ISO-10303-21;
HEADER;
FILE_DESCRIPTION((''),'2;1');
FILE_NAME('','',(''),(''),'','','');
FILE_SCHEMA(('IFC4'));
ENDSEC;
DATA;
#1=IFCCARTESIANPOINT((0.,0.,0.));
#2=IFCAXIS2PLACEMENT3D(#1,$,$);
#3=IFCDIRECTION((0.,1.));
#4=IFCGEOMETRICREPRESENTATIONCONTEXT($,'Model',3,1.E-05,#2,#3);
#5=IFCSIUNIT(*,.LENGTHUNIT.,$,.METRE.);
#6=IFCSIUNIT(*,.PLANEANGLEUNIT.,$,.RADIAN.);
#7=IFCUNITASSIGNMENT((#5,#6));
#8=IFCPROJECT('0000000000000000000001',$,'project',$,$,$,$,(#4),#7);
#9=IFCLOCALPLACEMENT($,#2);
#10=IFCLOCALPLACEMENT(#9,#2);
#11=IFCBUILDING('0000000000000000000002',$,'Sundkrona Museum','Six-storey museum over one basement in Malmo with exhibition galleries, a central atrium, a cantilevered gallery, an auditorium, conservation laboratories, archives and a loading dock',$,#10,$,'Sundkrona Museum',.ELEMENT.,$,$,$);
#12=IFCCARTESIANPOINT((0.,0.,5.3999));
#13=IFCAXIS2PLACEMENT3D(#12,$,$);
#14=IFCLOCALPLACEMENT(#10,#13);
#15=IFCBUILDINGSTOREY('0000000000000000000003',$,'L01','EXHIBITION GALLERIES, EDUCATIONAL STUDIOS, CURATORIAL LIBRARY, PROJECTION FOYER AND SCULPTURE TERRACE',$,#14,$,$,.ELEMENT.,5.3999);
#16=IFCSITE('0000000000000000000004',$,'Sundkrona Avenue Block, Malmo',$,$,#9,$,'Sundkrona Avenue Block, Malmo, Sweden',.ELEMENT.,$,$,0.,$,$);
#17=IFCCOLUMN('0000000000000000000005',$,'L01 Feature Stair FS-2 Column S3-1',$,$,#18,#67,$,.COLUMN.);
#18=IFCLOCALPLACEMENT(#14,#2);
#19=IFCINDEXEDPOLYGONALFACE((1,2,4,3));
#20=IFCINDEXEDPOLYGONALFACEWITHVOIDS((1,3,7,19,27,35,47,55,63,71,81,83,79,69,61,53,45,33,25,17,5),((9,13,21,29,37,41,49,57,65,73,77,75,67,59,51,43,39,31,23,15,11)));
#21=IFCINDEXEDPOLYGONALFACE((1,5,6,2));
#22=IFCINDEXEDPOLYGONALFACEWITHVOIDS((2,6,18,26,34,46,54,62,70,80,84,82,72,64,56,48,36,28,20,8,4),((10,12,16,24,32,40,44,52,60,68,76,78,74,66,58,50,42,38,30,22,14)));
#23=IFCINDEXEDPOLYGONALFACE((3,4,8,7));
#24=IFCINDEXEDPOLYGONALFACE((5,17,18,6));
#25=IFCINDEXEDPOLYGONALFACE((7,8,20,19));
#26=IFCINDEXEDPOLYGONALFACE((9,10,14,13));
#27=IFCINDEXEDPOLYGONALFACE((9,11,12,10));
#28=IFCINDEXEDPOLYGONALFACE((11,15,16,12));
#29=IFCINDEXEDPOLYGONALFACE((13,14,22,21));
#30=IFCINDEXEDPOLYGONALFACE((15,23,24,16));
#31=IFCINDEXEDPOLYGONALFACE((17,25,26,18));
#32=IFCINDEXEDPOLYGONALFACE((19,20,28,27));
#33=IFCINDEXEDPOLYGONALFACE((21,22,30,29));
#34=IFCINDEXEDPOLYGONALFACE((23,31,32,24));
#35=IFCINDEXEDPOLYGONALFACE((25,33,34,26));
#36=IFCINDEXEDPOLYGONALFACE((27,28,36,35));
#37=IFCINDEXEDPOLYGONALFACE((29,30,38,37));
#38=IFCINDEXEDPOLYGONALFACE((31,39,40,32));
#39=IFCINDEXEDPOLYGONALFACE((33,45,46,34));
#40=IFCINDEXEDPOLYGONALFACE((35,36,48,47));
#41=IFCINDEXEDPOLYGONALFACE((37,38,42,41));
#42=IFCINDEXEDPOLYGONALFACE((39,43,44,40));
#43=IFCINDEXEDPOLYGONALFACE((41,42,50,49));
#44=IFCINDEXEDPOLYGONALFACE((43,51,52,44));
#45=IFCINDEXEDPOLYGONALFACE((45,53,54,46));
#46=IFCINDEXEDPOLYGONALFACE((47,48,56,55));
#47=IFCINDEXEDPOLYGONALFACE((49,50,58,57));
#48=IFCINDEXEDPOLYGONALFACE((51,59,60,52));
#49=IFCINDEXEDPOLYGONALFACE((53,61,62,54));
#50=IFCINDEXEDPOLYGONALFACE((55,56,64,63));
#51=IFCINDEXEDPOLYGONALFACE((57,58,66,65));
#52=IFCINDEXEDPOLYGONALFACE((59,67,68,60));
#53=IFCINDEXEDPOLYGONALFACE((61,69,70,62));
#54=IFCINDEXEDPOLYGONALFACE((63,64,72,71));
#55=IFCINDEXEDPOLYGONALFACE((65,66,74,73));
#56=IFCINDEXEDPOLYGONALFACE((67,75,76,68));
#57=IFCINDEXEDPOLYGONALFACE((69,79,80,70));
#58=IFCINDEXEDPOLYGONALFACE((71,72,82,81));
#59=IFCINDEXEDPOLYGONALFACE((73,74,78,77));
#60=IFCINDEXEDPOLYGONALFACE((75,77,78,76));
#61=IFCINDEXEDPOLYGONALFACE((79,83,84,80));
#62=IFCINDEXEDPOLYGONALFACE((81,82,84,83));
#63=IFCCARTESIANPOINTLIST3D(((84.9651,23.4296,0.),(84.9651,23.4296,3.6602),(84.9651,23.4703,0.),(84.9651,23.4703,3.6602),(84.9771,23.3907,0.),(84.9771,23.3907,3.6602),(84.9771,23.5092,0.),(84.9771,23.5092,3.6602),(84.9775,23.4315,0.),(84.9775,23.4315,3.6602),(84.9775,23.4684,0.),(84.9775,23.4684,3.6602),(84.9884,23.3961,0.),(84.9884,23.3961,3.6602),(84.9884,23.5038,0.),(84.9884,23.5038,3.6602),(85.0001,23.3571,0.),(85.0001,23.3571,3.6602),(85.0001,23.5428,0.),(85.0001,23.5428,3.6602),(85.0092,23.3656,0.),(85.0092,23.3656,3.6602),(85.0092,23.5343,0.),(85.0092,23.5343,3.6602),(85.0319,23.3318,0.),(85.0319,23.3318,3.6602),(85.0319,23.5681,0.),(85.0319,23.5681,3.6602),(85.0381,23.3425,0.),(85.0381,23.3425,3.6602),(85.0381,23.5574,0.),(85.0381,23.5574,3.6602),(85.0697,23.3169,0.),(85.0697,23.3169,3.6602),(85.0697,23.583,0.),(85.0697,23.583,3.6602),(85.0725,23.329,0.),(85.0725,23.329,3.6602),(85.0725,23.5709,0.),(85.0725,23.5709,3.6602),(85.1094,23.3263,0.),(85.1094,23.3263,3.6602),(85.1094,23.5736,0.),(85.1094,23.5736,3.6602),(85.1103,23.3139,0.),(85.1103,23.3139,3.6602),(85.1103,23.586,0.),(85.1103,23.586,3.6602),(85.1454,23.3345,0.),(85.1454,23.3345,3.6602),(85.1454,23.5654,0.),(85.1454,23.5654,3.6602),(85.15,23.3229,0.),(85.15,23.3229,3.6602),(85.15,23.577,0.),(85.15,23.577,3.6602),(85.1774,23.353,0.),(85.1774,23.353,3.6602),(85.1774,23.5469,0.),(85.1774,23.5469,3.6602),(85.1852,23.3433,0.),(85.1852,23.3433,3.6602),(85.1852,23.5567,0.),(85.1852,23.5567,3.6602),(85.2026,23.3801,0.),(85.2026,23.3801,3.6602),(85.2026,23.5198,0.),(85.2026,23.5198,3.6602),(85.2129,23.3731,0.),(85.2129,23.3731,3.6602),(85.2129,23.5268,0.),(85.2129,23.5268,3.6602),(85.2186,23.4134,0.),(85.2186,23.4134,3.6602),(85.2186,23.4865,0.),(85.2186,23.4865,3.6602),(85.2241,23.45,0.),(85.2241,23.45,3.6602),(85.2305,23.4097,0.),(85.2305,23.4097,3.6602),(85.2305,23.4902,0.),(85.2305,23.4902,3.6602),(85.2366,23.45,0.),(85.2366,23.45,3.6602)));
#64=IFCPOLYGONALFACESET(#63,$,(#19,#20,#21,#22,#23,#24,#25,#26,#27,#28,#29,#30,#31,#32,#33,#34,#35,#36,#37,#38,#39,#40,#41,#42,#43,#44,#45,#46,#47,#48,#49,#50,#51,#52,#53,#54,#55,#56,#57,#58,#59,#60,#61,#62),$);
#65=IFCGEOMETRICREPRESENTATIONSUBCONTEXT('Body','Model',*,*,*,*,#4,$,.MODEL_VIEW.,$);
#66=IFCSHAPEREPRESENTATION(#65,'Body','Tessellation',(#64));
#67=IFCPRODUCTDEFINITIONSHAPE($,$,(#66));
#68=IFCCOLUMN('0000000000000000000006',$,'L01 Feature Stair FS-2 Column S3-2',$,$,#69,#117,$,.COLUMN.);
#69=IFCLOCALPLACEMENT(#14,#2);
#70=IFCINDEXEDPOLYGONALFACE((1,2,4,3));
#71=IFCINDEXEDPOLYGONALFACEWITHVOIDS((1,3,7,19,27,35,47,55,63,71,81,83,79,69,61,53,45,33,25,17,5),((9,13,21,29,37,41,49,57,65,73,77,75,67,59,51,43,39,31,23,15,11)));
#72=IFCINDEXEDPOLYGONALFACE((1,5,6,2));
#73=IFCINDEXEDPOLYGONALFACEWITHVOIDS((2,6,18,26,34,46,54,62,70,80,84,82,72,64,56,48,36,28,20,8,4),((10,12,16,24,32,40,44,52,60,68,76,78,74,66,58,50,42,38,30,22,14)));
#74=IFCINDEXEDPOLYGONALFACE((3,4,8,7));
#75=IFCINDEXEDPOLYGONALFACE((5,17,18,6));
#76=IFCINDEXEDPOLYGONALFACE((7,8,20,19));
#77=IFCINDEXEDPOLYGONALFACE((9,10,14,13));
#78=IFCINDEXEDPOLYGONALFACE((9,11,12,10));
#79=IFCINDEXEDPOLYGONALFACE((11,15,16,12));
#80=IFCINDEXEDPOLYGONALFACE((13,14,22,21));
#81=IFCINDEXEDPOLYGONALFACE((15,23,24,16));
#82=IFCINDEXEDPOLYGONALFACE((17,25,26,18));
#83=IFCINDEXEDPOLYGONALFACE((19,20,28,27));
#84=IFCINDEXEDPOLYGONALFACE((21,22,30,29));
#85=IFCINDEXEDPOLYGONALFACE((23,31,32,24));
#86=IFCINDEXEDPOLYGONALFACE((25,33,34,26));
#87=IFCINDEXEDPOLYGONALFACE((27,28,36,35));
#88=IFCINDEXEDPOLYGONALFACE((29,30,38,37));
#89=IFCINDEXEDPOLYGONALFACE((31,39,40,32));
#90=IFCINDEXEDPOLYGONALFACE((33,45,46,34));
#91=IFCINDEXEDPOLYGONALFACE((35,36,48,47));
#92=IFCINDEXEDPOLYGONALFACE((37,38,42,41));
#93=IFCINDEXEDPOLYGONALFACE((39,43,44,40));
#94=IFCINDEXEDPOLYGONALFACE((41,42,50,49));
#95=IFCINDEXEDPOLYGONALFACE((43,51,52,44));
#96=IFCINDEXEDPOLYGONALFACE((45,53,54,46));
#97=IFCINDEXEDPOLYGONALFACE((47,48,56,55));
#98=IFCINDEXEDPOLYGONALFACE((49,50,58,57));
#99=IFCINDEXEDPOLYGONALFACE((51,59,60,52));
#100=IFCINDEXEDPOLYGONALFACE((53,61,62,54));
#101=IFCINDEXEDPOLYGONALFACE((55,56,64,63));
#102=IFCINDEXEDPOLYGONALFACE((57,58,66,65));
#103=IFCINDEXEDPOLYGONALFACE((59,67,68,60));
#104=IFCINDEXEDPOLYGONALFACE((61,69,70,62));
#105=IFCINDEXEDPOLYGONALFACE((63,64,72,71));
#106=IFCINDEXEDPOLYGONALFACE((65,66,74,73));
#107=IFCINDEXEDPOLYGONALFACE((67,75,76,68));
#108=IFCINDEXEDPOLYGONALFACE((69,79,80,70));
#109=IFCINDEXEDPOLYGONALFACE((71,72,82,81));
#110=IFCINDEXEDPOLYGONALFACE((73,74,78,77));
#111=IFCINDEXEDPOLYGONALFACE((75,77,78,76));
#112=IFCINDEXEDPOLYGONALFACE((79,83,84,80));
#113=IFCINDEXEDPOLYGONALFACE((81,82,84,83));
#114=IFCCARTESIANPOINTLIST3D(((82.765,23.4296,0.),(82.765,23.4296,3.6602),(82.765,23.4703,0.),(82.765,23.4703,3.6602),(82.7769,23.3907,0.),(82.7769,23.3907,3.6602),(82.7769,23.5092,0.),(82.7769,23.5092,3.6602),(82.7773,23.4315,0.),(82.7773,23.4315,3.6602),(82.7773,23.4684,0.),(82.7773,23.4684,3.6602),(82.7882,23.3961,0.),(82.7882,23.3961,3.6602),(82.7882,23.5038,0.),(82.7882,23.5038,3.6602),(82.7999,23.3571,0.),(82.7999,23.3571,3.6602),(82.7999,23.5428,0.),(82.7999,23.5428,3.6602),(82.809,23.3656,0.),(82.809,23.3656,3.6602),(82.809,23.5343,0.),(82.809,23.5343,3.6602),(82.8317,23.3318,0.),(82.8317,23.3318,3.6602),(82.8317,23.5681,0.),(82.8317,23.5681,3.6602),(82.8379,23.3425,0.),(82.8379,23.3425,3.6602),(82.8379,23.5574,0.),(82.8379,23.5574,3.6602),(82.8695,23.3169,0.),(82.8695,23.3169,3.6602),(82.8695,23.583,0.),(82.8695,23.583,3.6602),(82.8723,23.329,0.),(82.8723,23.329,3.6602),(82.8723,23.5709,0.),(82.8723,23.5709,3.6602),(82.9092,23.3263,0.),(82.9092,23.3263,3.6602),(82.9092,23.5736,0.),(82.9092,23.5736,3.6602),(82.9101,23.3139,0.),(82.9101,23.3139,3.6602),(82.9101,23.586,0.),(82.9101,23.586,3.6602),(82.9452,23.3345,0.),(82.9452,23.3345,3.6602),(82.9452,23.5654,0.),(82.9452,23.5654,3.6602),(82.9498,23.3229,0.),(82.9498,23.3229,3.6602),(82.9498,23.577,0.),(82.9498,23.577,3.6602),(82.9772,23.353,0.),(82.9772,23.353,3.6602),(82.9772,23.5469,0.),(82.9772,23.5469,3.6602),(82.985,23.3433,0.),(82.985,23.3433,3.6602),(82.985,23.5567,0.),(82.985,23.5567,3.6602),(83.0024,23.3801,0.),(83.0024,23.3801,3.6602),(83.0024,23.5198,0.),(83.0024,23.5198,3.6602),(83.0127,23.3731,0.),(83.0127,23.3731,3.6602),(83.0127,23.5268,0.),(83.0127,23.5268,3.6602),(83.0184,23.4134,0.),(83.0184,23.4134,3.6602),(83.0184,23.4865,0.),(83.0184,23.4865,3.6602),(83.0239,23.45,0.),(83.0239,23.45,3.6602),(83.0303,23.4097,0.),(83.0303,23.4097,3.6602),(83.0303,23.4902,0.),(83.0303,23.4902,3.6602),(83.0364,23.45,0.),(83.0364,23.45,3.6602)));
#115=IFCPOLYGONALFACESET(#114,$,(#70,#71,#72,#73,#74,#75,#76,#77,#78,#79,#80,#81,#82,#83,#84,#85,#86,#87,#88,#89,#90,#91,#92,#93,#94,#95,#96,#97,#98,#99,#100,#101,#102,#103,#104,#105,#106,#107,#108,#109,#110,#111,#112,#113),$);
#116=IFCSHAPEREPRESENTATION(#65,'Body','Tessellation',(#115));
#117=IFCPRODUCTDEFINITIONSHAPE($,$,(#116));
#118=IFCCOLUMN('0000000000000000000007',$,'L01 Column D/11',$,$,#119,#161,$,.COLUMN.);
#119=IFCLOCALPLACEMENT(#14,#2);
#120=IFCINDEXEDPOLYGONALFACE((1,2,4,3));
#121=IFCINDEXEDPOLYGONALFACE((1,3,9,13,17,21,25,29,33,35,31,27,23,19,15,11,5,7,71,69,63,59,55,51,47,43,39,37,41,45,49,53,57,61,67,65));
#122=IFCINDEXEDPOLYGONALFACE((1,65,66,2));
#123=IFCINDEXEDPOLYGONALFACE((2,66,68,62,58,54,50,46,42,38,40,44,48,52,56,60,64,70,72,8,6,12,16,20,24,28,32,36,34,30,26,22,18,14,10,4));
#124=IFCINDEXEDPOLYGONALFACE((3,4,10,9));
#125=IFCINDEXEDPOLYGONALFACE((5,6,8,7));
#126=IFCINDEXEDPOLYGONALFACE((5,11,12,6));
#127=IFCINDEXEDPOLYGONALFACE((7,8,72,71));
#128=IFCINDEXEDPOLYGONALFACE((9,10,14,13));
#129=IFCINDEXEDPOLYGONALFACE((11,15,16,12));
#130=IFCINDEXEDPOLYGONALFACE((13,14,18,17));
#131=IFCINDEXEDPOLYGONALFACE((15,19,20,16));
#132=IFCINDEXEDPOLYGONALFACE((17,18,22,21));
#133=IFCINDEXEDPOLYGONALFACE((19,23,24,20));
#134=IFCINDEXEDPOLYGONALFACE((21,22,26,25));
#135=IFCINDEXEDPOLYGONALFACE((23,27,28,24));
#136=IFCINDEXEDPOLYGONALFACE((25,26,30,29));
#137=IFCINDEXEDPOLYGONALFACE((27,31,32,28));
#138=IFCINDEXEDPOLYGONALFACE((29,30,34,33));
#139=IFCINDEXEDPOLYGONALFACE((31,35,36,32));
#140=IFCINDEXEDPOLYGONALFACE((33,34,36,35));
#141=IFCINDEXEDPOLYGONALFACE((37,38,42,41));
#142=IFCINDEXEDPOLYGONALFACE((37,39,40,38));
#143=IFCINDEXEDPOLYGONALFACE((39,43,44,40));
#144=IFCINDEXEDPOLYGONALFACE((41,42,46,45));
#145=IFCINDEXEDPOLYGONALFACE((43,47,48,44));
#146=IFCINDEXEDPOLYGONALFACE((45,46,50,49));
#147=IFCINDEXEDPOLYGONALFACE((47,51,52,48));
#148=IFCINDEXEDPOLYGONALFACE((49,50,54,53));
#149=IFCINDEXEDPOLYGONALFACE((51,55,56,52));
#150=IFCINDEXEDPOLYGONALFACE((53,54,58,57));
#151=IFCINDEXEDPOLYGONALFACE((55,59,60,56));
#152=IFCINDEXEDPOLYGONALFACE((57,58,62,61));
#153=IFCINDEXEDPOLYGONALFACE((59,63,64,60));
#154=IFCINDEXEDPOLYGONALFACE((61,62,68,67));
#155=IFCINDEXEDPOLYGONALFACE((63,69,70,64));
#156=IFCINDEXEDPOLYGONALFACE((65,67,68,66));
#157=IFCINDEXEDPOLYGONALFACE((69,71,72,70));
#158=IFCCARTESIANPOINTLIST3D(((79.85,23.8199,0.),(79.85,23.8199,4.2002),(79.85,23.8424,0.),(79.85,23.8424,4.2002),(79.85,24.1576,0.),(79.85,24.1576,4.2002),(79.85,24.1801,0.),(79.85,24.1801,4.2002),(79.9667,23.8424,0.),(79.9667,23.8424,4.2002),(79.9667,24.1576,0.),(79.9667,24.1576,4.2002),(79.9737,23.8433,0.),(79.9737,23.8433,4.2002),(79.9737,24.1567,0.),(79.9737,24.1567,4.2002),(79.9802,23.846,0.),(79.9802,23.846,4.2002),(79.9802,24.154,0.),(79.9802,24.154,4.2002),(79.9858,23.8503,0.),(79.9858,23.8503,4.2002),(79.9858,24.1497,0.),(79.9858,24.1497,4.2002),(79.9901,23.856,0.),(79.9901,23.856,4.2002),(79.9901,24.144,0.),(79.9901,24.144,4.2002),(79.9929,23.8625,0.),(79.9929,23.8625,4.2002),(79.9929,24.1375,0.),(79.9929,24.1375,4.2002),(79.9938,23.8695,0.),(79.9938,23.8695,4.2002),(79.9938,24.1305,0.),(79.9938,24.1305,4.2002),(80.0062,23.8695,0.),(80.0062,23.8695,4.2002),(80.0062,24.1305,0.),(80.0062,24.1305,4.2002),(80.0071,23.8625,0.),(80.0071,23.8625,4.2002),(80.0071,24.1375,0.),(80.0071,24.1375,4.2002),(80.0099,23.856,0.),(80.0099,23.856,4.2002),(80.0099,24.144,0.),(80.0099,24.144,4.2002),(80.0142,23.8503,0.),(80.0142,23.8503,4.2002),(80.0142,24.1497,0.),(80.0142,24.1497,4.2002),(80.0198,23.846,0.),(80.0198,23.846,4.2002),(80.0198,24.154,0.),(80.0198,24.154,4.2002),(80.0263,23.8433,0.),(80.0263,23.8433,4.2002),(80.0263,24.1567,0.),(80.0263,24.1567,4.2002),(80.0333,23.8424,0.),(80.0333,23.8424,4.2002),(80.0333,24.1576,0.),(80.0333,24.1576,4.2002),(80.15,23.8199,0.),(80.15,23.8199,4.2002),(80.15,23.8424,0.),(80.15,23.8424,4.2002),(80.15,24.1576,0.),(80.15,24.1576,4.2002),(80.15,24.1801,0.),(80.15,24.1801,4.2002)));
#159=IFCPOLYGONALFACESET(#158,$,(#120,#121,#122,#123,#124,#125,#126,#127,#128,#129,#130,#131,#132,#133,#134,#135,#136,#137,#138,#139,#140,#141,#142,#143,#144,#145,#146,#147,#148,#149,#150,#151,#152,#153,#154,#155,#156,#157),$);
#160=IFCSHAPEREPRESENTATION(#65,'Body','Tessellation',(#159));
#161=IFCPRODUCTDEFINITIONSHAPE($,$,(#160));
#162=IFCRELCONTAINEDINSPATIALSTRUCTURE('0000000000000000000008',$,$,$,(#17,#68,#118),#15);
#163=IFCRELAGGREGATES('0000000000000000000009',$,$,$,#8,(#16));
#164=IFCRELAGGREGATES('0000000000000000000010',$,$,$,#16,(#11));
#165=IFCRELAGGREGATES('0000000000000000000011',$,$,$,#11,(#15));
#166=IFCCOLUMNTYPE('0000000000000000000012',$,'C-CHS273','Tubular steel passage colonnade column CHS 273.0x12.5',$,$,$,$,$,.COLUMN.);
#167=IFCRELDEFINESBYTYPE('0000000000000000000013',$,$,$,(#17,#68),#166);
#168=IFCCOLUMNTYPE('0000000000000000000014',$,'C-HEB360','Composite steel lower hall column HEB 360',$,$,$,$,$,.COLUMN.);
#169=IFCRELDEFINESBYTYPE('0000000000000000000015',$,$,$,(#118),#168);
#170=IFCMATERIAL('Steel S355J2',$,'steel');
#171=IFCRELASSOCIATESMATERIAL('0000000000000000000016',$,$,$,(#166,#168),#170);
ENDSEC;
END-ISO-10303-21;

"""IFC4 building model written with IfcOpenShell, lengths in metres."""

from ifc_helpers import new_model, si_unit, direction, frame, origin, origin_2d, place, context, subcontext, project, spatial, hollow_circle, i_section, extrude, material, material_profile, profile_set, type_object, element, save


model = new_model("IFC4")

# Units and contexts
model_context = context("Model", 3, precision=1e-05, world=origin(), true_north=direction((0.0, 1.0)))
body_context = subcontext(model_context, "Body", "Model", "MODEL_VIEW")
ifc_project = project(units=[si_unit("LENGTHUNIT", "METRE"), si_unit("PLANEANGLEUNIT", "RADIAN")], contexts=[model_context])

# Site, building, storey
site_placement = place(None, origin())
site = spatial("IfcSite", under=ifc_project, at=site_placement, Name="Sundkrona Avenue Block, Malmo", LongName="Sundkrona Avenue Block, Malmo, Sweden", CompositionType="ELEMENT", RefElevation=0.0)
building_placement = place(site_placement, origin())
building = spatial("IfcBuilding", under=site, at=building_placement, Name="Sundkrona Museum", Description="Six-storey museum over one basement in Malmo with exhibition galleries, a central atrium, a cantilevered gallery, an auditorium, conservation laboratories, archives and a loading dock", LongName="Sundkrona Museum", CompositionType="ELEMENT")
storey_placement = place(building_placement, frame((0.0, 0.0, 5.3999)))
storey = spatial("IfcBuildingStorey", under=building, at=storey_placement, Name="L01", Description="EXHIBITION GALLERIES, EDUCATIONAL STUDIOS, CURATORIAL LIBRARY, PROJECTION FOYER AND SCULPTURE TERRACE", CompositionType="ELEMENT", Elevation=5.3999)

# Columns
ifc_material_1 = material(Name="Steel S355J2", Category="steel")
ifc_material_profile_1 = material_profile(ifc_material_1, hollow_circle(Radius=0.1365, WallThickness=0.0125, at=origin_2d()), Name="CHS 273.0x12.5")
ifc_profile_set_1 = profile_set([ifc_material_profile_1], Name="Steel S355J2")
column_type_1 = type_object("IfcColumnType", Name="C-CHS273", Description="Tubular steel passage colonnade column CHS 273.0x12.5", PredefinedType="COLUMN", material=ifc_profile_set_1)
for number, where, z_axis, x_axis, name in (
    (1, (85.1001, 23.45, 0.0), (0.0, 0.0, 1.0), (1.0, 0.0, 0.0), "L01 Feature Stair FS-2 Column S3-1"),
    (2, (82.8999, 23.45, 0.0), (0.0, 0.0, 1.0), (1.0, 0.0, 0.0), "L01 Feature Stair FS-2 Column S3-2"),
):
    element("IfcColumn", number, at=place(storey_placement, frame(where, z_axis=z_axis, x_axis=x_axis)), inside=storey, type_object=column_type_1, Name=name, PredefinedType="COLUMN", context=body_context, shape_type="SweptSolid", body=[
        extrude(hollow_circle(Radius=0.1365, WallThickness=0.0125, at=origin_2d()), origin(), (0.0, 0.0, 1.0), 3.6602),
    ])
ifc_material_profile_2 = material_profile(ifc_material_1, i_section(OverallWidth=0.3, OverallDepth=0.3601, WebThickness=0.0125, FlangeThickness=0.0225, FilletRadius=0.0271, at=origin_2d()), Name="HEB 360")
ifc_profile_set_2 = profile_set([ifc_material_profile_2], Name="Steel S355J2")
column_type_2 = type_object("IfcColumnType", Name="C-HEB360", Description="Composite steel lower hall column HEB 360", PredefinedType="COLUMN", material=ifc_profile_set_2)
column_placement = place(storey_placement, frame((80.0, 24.0, 0.0), z_axis=(0.0, 0.0, 1.0), x_axis=(1.0, 0.0, 0.0)))
element("IfcColumn", 3, at=column_placement, inside=storey, type_object=column_type_2, Name="L01 Column D/11", PredefinedType="COLUMN", context=body_context, shape_type="SweptSolid", body=[
    extrude(i_section(OverallWidth=0.3, OverallDepth=0.3601, WebThickness=0.0125, FlangeThickness=0.0225, FilletRadius=0.0271, at=origin_2d()), origin(), (0.0, 0.0, 1.0), 4.2002),
])

save(model, "model.ifc")
